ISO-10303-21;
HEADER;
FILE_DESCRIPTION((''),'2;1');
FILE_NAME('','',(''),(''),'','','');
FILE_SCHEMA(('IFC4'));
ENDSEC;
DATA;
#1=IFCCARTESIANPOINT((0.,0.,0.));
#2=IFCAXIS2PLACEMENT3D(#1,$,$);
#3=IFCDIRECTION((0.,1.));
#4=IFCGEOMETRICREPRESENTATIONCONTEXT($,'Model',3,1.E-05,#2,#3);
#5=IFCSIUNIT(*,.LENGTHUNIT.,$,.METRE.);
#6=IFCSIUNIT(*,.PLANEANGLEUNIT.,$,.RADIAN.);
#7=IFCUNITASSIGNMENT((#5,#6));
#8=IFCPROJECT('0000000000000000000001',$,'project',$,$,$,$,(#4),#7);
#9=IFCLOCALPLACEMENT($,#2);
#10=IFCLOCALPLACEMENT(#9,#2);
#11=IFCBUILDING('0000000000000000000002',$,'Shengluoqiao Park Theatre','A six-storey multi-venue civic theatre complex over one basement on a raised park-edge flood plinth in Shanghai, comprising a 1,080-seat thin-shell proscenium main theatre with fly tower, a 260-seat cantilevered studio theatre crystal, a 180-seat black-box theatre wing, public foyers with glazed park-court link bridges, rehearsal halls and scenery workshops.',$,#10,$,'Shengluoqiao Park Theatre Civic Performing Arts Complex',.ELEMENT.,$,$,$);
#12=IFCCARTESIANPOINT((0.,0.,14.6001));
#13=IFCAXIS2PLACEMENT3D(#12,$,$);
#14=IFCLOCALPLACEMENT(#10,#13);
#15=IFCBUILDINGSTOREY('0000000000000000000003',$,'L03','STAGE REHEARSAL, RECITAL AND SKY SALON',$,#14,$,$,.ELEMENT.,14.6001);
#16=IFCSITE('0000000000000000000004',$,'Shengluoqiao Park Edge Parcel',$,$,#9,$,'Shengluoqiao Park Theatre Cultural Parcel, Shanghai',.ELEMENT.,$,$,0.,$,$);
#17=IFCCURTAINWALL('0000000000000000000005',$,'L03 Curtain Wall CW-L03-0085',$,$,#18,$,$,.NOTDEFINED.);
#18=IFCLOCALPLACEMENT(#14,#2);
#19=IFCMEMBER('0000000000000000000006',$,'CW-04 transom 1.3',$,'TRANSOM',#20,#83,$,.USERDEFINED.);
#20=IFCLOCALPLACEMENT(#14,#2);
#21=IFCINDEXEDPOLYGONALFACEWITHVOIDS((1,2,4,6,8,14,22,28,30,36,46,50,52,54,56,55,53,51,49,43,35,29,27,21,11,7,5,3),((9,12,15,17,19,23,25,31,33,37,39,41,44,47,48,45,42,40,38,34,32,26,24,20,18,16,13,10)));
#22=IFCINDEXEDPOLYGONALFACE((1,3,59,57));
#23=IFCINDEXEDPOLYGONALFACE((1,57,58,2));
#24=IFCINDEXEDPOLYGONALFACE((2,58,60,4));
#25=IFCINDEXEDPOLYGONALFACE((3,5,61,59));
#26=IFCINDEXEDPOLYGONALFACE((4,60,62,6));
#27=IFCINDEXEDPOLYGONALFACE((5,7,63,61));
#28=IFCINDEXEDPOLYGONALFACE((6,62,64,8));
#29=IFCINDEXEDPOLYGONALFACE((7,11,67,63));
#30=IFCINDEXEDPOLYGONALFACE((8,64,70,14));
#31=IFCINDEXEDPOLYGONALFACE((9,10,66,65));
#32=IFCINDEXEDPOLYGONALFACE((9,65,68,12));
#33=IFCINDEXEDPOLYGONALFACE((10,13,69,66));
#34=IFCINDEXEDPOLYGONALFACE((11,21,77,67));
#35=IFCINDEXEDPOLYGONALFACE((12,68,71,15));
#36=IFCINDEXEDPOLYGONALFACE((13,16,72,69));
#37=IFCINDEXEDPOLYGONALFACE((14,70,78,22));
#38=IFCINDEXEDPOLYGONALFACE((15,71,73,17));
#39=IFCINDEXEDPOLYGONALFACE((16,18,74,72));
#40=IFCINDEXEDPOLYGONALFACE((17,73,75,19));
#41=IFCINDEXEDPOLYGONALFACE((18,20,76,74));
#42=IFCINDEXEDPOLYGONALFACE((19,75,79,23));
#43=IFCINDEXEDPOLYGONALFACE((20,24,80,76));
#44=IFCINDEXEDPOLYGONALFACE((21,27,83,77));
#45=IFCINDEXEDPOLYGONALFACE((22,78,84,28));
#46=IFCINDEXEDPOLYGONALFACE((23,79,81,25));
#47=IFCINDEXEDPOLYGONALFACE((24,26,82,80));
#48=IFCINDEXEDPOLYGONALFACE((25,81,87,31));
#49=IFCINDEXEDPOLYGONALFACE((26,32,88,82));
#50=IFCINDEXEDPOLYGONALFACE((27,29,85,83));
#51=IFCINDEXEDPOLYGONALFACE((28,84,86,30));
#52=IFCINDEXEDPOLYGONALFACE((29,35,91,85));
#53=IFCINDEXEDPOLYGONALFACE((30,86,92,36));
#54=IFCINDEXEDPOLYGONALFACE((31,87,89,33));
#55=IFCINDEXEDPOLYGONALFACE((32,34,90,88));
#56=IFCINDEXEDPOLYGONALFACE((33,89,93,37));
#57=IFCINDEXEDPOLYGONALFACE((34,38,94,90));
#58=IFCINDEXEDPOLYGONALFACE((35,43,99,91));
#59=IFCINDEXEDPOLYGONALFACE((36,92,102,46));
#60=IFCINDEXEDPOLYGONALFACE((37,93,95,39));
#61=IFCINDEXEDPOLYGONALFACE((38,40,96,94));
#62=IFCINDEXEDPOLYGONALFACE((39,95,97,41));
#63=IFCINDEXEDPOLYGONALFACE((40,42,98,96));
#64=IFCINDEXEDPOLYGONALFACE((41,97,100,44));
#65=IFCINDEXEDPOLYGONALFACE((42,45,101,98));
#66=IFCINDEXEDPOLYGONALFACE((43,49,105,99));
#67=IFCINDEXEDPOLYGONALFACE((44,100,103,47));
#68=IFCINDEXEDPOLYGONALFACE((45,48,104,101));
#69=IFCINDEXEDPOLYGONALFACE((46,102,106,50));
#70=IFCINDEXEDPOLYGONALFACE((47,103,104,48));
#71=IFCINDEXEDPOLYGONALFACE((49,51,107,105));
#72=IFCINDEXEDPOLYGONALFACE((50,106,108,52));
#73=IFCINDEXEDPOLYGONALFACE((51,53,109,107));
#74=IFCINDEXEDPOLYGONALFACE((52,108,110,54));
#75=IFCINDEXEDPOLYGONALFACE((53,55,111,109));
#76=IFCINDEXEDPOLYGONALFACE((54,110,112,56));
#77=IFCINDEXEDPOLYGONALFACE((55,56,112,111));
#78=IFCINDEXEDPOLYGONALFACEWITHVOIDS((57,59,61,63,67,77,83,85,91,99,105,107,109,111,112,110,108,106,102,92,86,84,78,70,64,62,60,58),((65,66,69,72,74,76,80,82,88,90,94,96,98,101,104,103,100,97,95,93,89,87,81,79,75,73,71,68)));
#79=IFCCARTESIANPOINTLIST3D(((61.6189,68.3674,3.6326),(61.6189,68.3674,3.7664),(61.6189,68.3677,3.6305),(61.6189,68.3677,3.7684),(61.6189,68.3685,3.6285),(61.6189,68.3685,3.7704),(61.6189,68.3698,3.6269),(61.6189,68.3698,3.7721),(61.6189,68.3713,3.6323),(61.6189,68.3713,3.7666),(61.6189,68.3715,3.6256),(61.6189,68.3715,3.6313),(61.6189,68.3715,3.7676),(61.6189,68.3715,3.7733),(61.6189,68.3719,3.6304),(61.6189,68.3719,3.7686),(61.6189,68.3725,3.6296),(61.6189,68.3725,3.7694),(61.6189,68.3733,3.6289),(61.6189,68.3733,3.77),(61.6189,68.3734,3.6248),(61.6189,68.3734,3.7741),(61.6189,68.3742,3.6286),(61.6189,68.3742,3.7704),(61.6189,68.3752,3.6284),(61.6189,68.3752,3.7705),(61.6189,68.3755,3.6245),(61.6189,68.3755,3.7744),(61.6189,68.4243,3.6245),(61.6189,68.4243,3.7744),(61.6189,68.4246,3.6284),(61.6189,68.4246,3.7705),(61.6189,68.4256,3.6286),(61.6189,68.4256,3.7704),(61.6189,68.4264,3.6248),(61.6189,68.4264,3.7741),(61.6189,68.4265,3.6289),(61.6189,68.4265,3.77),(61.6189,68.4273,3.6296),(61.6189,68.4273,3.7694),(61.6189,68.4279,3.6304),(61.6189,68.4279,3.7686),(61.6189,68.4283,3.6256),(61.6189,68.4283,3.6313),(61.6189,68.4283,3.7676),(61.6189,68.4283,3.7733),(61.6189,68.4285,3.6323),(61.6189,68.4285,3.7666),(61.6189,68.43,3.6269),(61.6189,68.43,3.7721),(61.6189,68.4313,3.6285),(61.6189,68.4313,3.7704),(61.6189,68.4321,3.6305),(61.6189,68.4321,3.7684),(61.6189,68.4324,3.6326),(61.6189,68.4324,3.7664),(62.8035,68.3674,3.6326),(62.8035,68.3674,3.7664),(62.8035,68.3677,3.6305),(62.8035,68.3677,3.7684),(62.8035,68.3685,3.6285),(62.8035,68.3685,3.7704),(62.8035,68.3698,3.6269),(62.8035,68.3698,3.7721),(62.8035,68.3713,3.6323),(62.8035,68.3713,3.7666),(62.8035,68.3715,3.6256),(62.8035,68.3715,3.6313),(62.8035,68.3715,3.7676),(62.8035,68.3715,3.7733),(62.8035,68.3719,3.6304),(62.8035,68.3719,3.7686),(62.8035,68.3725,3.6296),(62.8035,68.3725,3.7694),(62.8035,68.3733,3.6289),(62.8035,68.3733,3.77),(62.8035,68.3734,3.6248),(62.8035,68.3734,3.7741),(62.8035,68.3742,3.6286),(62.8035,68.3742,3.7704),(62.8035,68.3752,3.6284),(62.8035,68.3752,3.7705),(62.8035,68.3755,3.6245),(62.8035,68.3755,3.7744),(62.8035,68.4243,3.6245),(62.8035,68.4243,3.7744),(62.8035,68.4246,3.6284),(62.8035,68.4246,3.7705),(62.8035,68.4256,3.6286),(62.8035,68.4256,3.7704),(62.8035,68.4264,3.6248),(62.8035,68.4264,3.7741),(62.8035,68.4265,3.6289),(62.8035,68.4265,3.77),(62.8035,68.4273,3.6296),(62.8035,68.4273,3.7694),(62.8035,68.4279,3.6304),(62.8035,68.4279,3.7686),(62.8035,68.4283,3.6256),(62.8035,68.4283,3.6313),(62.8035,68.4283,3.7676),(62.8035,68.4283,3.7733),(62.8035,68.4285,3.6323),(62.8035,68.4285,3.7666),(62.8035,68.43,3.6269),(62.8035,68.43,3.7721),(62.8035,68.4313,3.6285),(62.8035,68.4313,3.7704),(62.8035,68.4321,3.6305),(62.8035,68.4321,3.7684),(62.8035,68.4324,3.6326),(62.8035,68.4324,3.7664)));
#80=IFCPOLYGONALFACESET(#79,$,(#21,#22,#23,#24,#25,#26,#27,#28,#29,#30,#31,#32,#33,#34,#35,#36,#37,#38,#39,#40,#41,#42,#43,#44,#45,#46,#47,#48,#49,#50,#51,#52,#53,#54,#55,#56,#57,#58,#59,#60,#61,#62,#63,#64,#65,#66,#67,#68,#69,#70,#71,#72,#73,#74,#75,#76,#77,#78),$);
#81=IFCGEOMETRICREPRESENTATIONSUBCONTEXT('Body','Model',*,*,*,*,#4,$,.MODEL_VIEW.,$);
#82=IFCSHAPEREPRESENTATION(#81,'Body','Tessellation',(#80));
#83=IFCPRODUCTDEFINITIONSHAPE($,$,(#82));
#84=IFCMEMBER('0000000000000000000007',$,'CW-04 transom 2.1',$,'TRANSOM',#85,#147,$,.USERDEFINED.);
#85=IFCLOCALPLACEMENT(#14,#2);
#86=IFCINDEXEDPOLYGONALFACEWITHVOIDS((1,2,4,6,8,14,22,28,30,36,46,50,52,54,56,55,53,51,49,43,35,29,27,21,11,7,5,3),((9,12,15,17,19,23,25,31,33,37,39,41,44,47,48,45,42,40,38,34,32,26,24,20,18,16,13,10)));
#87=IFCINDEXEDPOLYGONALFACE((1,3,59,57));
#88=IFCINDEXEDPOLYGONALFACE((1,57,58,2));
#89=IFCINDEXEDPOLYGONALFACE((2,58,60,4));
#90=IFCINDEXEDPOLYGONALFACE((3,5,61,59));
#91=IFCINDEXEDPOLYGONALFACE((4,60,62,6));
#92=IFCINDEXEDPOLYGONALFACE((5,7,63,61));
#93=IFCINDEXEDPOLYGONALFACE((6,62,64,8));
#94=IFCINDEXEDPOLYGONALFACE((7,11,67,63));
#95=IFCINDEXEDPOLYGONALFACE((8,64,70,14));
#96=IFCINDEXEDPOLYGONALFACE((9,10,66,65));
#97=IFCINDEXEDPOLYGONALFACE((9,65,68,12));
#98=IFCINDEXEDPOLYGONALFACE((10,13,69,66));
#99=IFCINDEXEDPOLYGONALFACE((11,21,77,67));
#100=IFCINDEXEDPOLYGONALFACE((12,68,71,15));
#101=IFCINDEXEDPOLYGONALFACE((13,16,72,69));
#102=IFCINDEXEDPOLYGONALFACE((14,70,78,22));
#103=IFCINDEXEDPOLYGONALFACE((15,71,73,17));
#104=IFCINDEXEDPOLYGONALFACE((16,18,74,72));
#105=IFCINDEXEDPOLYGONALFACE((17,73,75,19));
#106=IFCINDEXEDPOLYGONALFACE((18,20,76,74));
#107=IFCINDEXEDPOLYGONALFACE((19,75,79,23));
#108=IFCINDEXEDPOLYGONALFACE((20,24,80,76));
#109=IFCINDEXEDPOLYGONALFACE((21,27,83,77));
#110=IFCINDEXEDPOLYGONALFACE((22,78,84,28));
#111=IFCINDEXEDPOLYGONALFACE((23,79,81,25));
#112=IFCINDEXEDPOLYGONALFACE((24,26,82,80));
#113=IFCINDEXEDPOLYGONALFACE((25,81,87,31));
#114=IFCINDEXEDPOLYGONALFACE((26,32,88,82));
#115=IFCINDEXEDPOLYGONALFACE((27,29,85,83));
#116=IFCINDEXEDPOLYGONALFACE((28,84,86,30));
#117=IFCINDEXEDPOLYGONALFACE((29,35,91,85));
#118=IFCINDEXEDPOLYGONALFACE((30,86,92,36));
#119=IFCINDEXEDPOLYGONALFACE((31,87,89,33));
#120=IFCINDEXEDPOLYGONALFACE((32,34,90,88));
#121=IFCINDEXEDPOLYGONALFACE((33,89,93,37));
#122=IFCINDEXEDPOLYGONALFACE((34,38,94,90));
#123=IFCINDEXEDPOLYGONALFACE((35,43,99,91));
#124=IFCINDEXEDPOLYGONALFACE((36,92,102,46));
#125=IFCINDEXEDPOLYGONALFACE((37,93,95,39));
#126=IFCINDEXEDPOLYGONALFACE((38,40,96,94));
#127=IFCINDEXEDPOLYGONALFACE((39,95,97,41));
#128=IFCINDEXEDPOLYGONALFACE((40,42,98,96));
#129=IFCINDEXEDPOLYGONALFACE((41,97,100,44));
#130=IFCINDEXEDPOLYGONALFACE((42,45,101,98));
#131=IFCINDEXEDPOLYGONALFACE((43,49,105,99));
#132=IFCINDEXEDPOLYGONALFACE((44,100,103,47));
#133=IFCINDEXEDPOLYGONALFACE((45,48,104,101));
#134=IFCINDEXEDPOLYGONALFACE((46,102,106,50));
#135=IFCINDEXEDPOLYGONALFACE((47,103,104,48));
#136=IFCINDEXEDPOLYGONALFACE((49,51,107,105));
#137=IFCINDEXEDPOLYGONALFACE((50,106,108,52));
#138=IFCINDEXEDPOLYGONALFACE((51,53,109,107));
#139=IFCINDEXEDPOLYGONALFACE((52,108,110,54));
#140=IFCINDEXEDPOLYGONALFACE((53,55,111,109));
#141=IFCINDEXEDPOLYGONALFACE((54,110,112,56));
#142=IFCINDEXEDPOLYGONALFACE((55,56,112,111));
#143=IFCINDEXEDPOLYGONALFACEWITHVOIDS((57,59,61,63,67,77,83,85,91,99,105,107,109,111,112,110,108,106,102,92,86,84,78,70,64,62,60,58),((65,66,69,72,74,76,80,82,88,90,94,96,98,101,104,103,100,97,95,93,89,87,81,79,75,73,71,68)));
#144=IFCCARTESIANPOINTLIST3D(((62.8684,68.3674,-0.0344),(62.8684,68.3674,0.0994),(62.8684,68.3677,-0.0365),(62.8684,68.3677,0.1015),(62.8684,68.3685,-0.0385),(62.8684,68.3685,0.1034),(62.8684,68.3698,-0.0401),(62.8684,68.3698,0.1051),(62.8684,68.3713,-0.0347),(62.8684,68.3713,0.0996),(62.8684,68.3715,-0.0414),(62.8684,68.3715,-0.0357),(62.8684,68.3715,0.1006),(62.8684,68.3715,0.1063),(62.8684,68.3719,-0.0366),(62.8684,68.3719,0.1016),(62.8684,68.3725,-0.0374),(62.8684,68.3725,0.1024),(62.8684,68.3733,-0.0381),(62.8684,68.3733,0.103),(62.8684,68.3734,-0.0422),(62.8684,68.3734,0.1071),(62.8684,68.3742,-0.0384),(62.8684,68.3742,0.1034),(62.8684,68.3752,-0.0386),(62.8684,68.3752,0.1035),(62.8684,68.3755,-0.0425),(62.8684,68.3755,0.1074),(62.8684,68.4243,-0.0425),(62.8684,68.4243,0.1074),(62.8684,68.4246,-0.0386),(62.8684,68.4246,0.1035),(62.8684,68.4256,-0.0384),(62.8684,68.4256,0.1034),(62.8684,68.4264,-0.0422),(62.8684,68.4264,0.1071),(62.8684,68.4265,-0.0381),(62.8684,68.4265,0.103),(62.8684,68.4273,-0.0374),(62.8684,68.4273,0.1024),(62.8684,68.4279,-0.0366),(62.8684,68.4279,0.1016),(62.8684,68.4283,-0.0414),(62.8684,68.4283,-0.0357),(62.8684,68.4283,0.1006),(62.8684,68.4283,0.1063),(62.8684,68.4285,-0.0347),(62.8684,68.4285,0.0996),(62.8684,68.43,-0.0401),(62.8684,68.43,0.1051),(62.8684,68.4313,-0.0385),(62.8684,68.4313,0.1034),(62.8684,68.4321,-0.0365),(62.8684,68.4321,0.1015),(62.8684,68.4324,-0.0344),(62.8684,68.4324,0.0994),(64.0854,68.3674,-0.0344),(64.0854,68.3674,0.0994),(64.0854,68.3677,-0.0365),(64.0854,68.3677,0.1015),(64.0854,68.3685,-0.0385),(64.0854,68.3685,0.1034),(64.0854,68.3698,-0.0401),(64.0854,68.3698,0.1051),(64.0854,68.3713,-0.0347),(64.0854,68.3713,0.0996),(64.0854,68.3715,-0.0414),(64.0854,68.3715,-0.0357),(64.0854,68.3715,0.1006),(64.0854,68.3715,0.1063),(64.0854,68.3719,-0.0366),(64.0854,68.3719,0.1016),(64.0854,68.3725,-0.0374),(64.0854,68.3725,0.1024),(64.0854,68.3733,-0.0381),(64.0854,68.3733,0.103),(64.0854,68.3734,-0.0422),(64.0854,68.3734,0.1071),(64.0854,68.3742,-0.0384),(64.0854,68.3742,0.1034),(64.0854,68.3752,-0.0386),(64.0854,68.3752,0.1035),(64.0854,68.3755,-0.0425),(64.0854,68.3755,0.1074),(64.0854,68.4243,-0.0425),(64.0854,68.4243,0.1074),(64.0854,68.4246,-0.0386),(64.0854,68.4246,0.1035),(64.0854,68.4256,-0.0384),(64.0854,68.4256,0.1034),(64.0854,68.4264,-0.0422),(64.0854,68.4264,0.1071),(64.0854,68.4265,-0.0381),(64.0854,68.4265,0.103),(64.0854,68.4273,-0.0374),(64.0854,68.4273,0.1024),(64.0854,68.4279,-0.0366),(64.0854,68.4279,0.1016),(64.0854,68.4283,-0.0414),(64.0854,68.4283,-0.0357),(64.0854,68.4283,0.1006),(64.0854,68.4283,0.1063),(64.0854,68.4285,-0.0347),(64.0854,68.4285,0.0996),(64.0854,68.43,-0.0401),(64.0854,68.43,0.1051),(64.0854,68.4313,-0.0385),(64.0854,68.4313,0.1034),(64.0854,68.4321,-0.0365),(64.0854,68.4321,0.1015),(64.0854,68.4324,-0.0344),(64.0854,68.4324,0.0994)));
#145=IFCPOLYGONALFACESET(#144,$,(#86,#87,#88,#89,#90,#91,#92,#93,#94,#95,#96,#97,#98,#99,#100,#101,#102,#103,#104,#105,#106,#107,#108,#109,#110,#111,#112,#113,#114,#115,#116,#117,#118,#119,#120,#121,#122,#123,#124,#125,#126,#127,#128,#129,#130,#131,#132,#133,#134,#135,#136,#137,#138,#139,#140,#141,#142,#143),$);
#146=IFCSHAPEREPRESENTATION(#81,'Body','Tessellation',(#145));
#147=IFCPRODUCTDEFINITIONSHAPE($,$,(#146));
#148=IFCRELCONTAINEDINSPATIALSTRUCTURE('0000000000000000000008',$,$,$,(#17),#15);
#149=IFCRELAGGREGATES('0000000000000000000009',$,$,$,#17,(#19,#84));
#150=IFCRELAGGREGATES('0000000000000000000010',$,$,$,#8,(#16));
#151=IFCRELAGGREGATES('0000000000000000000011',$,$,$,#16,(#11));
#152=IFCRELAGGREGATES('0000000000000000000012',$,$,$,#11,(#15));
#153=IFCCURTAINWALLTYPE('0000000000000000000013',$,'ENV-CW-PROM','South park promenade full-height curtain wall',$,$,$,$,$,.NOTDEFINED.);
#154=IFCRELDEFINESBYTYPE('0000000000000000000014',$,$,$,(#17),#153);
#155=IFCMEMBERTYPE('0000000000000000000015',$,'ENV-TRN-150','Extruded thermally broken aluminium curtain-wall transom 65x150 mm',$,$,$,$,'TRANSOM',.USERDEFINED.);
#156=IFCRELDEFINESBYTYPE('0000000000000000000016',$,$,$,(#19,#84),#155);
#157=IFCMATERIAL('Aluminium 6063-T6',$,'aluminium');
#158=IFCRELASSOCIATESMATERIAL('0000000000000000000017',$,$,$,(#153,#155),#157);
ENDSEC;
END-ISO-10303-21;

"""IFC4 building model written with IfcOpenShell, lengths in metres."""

from ifc_helpers import new_model, si_unit, direction, frame, origin, origin_2d, place, context, subcontext, project, spatial, hollow_rectangle, extrude, material, material_profile, profile_set, type_object, element, aggregate, save


model = new_model("IFC4")

# Units and contexts
model_context = context("Model", 3, precision=1e-05, world=origin(), true_north=direction((0.0, 1.0)))
body_context = subcontext(model_context, "Body", "Model", "MODEL_VIEW")
ifc_project = project(units=[si_unit("LENGTHUNIT", "METRE"), si_unit("PLANEANGLEUNIT", "RADIAN")], contexts=[model_context])

# Site, building, storey
site_placement = place(None, origin())
site = spatial("IfcSite", under=ifc_project, at=site_placement, Name="Shengluoqiao Park Edge Parcel", LongName="Shengluoqiao Park Theatre Cultural Parcel, Shanghai", CompositionType="ELEMENT", RefElevation=0.0)
building_placement = place(site_placement, origin())
building = spatial("IfcBuilding", under=site, at=building_placement, Name="Shengluoqiao Park Theatre", Description="A six-storey multi-venue civic theatre complex over one basement on a raised park-edge flood plinth in Shanghai, comprising a 1,080-seat thin-shell proscenium main theatre with fly tower, a 260-seat cantilevered studio theatre crystal, a 180-seat black-box theatre wing, public foyers with glazed park-court link bridges, rehearsal halls and scenery workshops.", LongName="Shengluoqiao Park Theatre Civic Performing Arts Complex", CompositionType="ELEMENT")
storey_placement = place(building_placement, frame((0.0, 0.0, 14.6001)))
storey = spatial("IfcBuildingStorey", under=building, at=storey_placement, Name="L03", Description="STAGE REHEARSAL, RECITAL AND SKY SALON", CompositionType="ELEMENT", Elevation=14.6001)

# Curtain wall
ifc_material_1 = material(Name="Aluminium 6063-T6", Category="aluminium")
curtain_wall_type = type_object("IfcCurtainWallType", Name="ENV-CW-PROM", Description="South park promenade full-height curtain wall", PredefinedType="NOTDEFINED", material=ifc_material_1)
curtain_wall_1_placement = place(storey_placement, origin())
curtain_wall_1 = element("IfcCurtainWall", 1, at=curtain_wall_1_placement, inside=storey, type_object=curtain_wall_type, Name="L03 Curtain Wall CW-L03-0085", PredefinedType="NOTDEFINED")

# Members
ifc_material_profile_1 = material_profile(ifc_material_1, hollow_rectangle(XDim=0.0649, YDim=0.1499, WallThickness=0.0039, InnerFilletRadius=0.0039, OuterFilletRadius=0.0081, at=origin_2d()), Name="ALU TRANSOM 150x65x4")
ifc_profile_set_1 = profile_set([ifc_material_profile_1], Name="Aluminium 6063-T6")
member_type_1 = type_object("IfcMemberType", Name="ENV-TRN-150", Description="Extruded thermally broken aluminium curtain-wall transom 65x150 mm", ElementType="TRANSOM", PredefinedType="USERDEFINED", material=ifc_profile_set_1)
member_1_placement = place(storey_placement, frame((61.6189, 68.3999, 3.6995), z_axis=(1.0, 0.0, 0.0), x_axis=(0.0, 1.0, 0.0)))
member_1 = element("IfcMember", 2, at=member_1_placement, type_object=member_type_1, Name="CW-04 transom 1.3", ObjectType="TRANSOM", PredefinedType="USERDEFINED", context=body_context, shape_type="SweptSolid", body=[
    extrude(hollow_rectangle(XDim=0.0649, YDim=0.1499, WallThickness=0.0039, InnerFilletRadius=0.0039, OuterFilletRadius=0.0081, at=origin_2d()), origin(), (0.0, 0.0, 1.0), 1.1846),
])
member_2_placement = place(storey_placement, frame((62.8684, 68.3999, 0.0325), z_axis=(1.0, 0.0, 0.0), x_axis=(0.0, 1.0, 0.0)))
member_2 = element("IfcMember", 3, at=member_2_placement, type_object=member_type_1, Name="CW-04 transom 2.1", ObjectType="TRANSOM", PredefinedType="USERDEFINED", context=body_context, shape_type="SweptSolid", body=[
    extrude(hollow_rectangle(XDim=0.0649, YDim=0.1499, WallThickness=0.0039, InnerFilletRadius=0.0039, OuterFilletRadius=0.0081, at=origin_2d()), origin(), (0.0, 0.0, 1.0), 1.217),
])

aggregate(curtain_wall_1, [member_1, member_2])

save(model, "model.ifc")
